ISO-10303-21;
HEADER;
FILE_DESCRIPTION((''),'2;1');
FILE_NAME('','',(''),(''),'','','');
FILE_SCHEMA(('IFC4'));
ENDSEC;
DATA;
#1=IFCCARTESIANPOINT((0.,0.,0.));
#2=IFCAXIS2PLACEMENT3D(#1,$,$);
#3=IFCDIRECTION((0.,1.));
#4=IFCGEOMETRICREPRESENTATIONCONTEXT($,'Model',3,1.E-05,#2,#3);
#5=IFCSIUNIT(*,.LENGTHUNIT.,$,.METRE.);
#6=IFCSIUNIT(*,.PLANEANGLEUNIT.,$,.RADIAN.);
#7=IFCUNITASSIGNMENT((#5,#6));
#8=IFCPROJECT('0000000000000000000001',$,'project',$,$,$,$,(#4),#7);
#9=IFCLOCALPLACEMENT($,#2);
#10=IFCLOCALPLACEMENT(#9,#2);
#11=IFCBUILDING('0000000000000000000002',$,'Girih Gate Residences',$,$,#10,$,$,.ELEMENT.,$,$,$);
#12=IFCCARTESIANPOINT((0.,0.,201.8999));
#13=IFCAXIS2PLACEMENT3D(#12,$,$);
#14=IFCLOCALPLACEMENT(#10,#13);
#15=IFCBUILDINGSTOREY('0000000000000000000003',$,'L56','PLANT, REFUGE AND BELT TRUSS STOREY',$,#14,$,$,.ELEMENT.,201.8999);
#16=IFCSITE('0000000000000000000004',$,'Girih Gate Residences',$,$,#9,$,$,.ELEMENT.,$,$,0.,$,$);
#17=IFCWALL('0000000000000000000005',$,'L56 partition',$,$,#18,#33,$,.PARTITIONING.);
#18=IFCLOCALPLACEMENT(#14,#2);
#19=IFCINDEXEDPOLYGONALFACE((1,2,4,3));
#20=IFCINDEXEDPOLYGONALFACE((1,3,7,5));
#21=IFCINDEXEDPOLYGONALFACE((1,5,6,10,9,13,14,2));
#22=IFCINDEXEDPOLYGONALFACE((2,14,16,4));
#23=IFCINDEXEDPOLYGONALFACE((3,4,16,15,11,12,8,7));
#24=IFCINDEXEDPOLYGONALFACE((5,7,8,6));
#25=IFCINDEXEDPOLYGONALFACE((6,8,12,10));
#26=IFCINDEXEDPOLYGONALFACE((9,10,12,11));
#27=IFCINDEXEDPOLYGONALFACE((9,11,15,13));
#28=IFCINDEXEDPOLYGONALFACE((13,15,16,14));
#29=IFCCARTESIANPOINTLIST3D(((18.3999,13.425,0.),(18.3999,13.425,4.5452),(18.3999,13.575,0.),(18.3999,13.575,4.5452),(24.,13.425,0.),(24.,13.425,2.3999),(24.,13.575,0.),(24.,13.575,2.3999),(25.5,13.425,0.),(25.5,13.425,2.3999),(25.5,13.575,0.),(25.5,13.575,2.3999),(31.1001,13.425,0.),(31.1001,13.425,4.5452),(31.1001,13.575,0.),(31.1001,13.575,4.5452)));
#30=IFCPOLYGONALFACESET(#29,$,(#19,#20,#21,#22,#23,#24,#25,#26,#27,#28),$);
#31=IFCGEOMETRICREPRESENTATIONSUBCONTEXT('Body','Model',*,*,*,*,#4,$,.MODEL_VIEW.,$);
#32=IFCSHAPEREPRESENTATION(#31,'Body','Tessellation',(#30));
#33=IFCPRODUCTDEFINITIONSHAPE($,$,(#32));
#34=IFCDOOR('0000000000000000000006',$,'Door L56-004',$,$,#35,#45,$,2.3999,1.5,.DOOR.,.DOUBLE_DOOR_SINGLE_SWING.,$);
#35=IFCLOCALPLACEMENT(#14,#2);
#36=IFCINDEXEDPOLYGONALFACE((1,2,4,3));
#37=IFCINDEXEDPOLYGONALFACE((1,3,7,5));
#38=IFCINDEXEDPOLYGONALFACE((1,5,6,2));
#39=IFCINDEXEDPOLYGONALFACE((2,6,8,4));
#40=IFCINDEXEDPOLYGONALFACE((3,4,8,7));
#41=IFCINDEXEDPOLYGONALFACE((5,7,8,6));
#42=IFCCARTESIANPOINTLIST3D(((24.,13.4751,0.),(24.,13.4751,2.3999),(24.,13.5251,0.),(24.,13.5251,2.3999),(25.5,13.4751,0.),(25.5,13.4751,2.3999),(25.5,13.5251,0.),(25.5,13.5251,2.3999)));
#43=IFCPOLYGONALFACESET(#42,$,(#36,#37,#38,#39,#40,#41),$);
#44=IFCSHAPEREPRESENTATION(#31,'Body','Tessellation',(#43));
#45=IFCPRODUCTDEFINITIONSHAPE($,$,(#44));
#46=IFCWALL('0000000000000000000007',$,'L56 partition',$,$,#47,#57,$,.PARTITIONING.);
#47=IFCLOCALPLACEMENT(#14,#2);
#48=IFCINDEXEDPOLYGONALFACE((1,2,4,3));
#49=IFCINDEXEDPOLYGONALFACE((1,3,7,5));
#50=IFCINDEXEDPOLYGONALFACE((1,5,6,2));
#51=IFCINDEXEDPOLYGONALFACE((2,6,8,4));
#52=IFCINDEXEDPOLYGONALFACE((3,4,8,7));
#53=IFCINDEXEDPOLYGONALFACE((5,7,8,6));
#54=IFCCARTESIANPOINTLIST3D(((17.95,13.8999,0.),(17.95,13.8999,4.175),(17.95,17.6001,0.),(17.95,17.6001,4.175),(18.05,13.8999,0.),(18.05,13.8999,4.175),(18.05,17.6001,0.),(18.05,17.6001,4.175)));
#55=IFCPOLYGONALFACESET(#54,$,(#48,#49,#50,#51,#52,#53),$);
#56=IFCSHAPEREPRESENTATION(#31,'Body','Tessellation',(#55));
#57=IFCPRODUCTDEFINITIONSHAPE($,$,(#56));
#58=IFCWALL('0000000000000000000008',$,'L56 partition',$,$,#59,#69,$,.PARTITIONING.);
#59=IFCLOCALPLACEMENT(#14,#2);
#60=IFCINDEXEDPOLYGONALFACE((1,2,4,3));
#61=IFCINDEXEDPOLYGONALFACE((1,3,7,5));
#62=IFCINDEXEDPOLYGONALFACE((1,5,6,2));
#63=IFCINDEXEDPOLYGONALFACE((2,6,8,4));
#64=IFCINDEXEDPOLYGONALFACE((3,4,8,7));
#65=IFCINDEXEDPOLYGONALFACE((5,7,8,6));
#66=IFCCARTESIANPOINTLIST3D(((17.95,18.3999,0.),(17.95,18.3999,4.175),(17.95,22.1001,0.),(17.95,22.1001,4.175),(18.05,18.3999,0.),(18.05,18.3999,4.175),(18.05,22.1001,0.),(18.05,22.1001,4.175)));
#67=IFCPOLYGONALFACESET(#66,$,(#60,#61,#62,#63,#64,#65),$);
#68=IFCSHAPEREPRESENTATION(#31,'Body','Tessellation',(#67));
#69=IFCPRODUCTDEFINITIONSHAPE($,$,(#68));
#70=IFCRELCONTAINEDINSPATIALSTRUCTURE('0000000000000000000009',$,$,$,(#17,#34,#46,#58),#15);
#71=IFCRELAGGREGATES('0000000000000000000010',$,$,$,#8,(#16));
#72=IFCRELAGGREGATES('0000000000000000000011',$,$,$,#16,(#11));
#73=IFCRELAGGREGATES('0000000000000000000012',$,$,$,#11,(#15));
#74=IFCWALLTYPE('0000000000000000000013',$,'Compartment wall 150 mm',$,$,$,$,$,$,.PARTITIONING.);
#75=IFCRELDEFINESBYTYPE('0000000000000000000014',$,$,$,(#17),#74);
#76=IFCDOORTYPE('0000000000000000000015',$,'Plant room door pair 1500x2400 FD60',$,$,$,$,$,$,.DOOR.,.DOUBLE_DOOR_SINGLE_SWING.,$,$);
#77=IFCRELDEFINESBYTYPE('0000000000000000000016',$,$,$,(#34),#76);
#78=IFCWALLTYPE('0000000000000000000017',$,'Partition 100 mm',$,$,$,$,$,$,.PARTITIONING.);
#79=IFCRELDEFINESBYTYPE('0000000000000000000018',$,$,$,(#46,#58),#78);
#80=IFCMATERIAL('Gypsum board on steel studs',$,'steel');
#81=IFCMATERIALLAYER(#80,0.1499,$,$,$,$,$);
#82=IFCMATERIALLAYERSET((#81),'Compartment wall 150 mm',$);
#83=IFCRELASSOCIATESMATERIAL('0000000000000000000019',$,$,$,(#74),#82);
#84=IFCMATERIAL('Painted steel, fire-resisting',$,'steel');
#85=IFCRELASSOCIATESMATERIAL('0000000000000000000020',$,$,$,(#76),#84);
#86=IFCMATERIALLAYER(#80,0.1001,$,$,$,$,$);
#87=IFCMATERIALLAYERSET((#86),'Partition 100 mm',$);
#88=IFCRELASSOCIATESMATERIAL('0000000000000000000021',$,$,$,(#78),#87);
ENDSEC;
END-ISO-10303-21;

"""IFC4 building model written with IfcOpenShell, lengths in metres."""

from ifc_helpers import new_model, si_unit, direction, frame, frame_2d, origin, place, context, subcontext, project, spatial, rectangle, extrude, material, layer, layer_set, type_object, element, fill, save


model = new_model("IFC4")

# Units and contexts
model_context = context("Model", 3, precision=1e-05, world=origin(), true_north=direction((0.0, 1.0)))
body_context = subcontext(model_context, "Body", "Model", "MODEL_VIEW")
ifc_project = project(units=[si_unit("LENGTHUNIT", "METRE"), si_unit("PLANEANGLEUNIT", "RADIAN")], contexts=[model_context])

# Site, building, storey
site_placement = place(None, origin())
site = spatial("IfcSite", under=ifc_project, at=site_placement, Name="Girih Gate Residences", CompositionType="ELEMENT", RefElevation=0.0)
building_placement = place(site_placement, origin())
building = spatial("IfcBuilding", under=site, at=building_placement, Name="Girih Gate Residences", CompositionType="ELEMENT")
storey_placement = place(building_placement, frame((0.0, 0.0, 201.8999)))
storey = spatial("IfcBuildingStorey", under=building, at=storey_placement, Name="L56", Description="PLANT, REFUGE AND BELT TRUSS STOREY", CompositionType="ELEMENT", Elevation=201.8999)

# Wall, opening, door
ifc_material_1 = material(Name="Gypsum board on steel studs", Category="steel")
ifc_layer_1 = layer(ifc_material_1, 0.1499)
ifc_layer_set_1 = layer_set([ifc_layer_1], Name="Compartment wall 150 mm")
wall_type_1 = type_object("IfcWallType", Name="Compartment wall 150 mm", PredefinedType="PARTITIONING", material=ifc_layer_set_1)
wall_placement = place(storey_placement, frame((31.1001, 13.5, 0.0), z_axis=(0.0, 0.0, 1.0), x_axis=(-1.0, 0.0, 0.0)))
wall = element("IfcWall", 1, at=wall_placement, inside=storey, type_object=wall_type_1, Name="L56 partition", PredefinedType="PARTITIONING", context=body_context, shape_type="SweptSolid", body=[
    extrude(rectangle(XDim=12.7002, YDim=0.1499, at=frame_2d((6.3501, 0.0))), origin(), (0.0, 0.0, 1.0), 4.5452),
])
opening_placement = place(wall_placement, frame((5.6001, 0.0, 0.0)))
opening = element("IfcOpeningElement", 2, at=opening_placement, cuts=wall, PredefinedType="OPENING", context=body_context, shape_type="SweptSolid", body=[
    extrude(rectangle(XDim=1.5, YDim=2.3999, at=frame_2d((0.75, 1.2))), frame((0.0, 0.085, 0.0), z_axis=(0.0, -1.0, 0.0), x_axis=(1.0, 0.0, 0.0)), (0.0, 0.0, 1.0), 0.1699),
])
ifc_material_2 = material(Name="Painted steel, fire-resisting", Category="steel")
door_type = type_object("IfcDoorType", Name="Plant room door pair 1500x2400 FD60", OperationType="DOUBLE_DOOR_SINGLE_SWING", PredefinedType="DOOR", material=ifc_material_2)
door_placement = place(opening_placement, origin())
door = element("IfcDoor", 3, at=door_placement, inside=storey, type_object=door_type, Name="Door L56-004", OperationType="DOUBLE_DOOR_SINGLE_SWING", OverallHeight=2.3999, OverallWidth=1.5, PredefinedType="DOOR", context=body_context, shape_type="SweptSolid", body=[
    extrude(rectangle(XDim=1.5, YDim=2.3999, at=frame_2d((0.75, 1.2))), frame((0.0, 0.0249, 0.0), z_axis=(0.0, -1.0, 0.0), x_axis=(1.0, 0.0, 0.0)), (0.0, 0.0, 1.0), 0.05),
])
fill(opening, door)

# Walls
ifc_layer_2 = layer(ifc_material_1, 0.1001)
ifc_layer_set_2 = layer_set([ifc_layer_2], Name="Partition 100 mm")
wall_type_2 = type_object("IfcWallType", Name="Partition 100 mm", PredefinedType="PARTITIONING", material=ifc_layer_set_2)
for number, where, z_axis, x_axis, name in (
    (4, (18.0, 13.8999, 0.0), (0.0, 0.0, 1.0), (0.0, 1.0, 0.0), "L56 partition"),
    (5, (18.0, 18.3999, 0.0), (0.0, 0.0, 1.0), (0.0, 1.0, 0.0), "L56 partition"),
):
    element("IfcWall", number, at=place(storey_placement, frame(where, z_axis=z_axis, x_axis=x_axis)), inside=storey, type_object=wall_type_2, Name=name, PredefinedType="PARTITIONING", context=body_context, shape_type="SweptSolid", body=[
        extrude(rectangle(XDim=3.7002, YDim=0.1001, at=frame_2d((1.8501, 0.0))), origin(), (0.0, 0.0, 1.0), 4.175),
    ])

save(model, "model.ifc")
